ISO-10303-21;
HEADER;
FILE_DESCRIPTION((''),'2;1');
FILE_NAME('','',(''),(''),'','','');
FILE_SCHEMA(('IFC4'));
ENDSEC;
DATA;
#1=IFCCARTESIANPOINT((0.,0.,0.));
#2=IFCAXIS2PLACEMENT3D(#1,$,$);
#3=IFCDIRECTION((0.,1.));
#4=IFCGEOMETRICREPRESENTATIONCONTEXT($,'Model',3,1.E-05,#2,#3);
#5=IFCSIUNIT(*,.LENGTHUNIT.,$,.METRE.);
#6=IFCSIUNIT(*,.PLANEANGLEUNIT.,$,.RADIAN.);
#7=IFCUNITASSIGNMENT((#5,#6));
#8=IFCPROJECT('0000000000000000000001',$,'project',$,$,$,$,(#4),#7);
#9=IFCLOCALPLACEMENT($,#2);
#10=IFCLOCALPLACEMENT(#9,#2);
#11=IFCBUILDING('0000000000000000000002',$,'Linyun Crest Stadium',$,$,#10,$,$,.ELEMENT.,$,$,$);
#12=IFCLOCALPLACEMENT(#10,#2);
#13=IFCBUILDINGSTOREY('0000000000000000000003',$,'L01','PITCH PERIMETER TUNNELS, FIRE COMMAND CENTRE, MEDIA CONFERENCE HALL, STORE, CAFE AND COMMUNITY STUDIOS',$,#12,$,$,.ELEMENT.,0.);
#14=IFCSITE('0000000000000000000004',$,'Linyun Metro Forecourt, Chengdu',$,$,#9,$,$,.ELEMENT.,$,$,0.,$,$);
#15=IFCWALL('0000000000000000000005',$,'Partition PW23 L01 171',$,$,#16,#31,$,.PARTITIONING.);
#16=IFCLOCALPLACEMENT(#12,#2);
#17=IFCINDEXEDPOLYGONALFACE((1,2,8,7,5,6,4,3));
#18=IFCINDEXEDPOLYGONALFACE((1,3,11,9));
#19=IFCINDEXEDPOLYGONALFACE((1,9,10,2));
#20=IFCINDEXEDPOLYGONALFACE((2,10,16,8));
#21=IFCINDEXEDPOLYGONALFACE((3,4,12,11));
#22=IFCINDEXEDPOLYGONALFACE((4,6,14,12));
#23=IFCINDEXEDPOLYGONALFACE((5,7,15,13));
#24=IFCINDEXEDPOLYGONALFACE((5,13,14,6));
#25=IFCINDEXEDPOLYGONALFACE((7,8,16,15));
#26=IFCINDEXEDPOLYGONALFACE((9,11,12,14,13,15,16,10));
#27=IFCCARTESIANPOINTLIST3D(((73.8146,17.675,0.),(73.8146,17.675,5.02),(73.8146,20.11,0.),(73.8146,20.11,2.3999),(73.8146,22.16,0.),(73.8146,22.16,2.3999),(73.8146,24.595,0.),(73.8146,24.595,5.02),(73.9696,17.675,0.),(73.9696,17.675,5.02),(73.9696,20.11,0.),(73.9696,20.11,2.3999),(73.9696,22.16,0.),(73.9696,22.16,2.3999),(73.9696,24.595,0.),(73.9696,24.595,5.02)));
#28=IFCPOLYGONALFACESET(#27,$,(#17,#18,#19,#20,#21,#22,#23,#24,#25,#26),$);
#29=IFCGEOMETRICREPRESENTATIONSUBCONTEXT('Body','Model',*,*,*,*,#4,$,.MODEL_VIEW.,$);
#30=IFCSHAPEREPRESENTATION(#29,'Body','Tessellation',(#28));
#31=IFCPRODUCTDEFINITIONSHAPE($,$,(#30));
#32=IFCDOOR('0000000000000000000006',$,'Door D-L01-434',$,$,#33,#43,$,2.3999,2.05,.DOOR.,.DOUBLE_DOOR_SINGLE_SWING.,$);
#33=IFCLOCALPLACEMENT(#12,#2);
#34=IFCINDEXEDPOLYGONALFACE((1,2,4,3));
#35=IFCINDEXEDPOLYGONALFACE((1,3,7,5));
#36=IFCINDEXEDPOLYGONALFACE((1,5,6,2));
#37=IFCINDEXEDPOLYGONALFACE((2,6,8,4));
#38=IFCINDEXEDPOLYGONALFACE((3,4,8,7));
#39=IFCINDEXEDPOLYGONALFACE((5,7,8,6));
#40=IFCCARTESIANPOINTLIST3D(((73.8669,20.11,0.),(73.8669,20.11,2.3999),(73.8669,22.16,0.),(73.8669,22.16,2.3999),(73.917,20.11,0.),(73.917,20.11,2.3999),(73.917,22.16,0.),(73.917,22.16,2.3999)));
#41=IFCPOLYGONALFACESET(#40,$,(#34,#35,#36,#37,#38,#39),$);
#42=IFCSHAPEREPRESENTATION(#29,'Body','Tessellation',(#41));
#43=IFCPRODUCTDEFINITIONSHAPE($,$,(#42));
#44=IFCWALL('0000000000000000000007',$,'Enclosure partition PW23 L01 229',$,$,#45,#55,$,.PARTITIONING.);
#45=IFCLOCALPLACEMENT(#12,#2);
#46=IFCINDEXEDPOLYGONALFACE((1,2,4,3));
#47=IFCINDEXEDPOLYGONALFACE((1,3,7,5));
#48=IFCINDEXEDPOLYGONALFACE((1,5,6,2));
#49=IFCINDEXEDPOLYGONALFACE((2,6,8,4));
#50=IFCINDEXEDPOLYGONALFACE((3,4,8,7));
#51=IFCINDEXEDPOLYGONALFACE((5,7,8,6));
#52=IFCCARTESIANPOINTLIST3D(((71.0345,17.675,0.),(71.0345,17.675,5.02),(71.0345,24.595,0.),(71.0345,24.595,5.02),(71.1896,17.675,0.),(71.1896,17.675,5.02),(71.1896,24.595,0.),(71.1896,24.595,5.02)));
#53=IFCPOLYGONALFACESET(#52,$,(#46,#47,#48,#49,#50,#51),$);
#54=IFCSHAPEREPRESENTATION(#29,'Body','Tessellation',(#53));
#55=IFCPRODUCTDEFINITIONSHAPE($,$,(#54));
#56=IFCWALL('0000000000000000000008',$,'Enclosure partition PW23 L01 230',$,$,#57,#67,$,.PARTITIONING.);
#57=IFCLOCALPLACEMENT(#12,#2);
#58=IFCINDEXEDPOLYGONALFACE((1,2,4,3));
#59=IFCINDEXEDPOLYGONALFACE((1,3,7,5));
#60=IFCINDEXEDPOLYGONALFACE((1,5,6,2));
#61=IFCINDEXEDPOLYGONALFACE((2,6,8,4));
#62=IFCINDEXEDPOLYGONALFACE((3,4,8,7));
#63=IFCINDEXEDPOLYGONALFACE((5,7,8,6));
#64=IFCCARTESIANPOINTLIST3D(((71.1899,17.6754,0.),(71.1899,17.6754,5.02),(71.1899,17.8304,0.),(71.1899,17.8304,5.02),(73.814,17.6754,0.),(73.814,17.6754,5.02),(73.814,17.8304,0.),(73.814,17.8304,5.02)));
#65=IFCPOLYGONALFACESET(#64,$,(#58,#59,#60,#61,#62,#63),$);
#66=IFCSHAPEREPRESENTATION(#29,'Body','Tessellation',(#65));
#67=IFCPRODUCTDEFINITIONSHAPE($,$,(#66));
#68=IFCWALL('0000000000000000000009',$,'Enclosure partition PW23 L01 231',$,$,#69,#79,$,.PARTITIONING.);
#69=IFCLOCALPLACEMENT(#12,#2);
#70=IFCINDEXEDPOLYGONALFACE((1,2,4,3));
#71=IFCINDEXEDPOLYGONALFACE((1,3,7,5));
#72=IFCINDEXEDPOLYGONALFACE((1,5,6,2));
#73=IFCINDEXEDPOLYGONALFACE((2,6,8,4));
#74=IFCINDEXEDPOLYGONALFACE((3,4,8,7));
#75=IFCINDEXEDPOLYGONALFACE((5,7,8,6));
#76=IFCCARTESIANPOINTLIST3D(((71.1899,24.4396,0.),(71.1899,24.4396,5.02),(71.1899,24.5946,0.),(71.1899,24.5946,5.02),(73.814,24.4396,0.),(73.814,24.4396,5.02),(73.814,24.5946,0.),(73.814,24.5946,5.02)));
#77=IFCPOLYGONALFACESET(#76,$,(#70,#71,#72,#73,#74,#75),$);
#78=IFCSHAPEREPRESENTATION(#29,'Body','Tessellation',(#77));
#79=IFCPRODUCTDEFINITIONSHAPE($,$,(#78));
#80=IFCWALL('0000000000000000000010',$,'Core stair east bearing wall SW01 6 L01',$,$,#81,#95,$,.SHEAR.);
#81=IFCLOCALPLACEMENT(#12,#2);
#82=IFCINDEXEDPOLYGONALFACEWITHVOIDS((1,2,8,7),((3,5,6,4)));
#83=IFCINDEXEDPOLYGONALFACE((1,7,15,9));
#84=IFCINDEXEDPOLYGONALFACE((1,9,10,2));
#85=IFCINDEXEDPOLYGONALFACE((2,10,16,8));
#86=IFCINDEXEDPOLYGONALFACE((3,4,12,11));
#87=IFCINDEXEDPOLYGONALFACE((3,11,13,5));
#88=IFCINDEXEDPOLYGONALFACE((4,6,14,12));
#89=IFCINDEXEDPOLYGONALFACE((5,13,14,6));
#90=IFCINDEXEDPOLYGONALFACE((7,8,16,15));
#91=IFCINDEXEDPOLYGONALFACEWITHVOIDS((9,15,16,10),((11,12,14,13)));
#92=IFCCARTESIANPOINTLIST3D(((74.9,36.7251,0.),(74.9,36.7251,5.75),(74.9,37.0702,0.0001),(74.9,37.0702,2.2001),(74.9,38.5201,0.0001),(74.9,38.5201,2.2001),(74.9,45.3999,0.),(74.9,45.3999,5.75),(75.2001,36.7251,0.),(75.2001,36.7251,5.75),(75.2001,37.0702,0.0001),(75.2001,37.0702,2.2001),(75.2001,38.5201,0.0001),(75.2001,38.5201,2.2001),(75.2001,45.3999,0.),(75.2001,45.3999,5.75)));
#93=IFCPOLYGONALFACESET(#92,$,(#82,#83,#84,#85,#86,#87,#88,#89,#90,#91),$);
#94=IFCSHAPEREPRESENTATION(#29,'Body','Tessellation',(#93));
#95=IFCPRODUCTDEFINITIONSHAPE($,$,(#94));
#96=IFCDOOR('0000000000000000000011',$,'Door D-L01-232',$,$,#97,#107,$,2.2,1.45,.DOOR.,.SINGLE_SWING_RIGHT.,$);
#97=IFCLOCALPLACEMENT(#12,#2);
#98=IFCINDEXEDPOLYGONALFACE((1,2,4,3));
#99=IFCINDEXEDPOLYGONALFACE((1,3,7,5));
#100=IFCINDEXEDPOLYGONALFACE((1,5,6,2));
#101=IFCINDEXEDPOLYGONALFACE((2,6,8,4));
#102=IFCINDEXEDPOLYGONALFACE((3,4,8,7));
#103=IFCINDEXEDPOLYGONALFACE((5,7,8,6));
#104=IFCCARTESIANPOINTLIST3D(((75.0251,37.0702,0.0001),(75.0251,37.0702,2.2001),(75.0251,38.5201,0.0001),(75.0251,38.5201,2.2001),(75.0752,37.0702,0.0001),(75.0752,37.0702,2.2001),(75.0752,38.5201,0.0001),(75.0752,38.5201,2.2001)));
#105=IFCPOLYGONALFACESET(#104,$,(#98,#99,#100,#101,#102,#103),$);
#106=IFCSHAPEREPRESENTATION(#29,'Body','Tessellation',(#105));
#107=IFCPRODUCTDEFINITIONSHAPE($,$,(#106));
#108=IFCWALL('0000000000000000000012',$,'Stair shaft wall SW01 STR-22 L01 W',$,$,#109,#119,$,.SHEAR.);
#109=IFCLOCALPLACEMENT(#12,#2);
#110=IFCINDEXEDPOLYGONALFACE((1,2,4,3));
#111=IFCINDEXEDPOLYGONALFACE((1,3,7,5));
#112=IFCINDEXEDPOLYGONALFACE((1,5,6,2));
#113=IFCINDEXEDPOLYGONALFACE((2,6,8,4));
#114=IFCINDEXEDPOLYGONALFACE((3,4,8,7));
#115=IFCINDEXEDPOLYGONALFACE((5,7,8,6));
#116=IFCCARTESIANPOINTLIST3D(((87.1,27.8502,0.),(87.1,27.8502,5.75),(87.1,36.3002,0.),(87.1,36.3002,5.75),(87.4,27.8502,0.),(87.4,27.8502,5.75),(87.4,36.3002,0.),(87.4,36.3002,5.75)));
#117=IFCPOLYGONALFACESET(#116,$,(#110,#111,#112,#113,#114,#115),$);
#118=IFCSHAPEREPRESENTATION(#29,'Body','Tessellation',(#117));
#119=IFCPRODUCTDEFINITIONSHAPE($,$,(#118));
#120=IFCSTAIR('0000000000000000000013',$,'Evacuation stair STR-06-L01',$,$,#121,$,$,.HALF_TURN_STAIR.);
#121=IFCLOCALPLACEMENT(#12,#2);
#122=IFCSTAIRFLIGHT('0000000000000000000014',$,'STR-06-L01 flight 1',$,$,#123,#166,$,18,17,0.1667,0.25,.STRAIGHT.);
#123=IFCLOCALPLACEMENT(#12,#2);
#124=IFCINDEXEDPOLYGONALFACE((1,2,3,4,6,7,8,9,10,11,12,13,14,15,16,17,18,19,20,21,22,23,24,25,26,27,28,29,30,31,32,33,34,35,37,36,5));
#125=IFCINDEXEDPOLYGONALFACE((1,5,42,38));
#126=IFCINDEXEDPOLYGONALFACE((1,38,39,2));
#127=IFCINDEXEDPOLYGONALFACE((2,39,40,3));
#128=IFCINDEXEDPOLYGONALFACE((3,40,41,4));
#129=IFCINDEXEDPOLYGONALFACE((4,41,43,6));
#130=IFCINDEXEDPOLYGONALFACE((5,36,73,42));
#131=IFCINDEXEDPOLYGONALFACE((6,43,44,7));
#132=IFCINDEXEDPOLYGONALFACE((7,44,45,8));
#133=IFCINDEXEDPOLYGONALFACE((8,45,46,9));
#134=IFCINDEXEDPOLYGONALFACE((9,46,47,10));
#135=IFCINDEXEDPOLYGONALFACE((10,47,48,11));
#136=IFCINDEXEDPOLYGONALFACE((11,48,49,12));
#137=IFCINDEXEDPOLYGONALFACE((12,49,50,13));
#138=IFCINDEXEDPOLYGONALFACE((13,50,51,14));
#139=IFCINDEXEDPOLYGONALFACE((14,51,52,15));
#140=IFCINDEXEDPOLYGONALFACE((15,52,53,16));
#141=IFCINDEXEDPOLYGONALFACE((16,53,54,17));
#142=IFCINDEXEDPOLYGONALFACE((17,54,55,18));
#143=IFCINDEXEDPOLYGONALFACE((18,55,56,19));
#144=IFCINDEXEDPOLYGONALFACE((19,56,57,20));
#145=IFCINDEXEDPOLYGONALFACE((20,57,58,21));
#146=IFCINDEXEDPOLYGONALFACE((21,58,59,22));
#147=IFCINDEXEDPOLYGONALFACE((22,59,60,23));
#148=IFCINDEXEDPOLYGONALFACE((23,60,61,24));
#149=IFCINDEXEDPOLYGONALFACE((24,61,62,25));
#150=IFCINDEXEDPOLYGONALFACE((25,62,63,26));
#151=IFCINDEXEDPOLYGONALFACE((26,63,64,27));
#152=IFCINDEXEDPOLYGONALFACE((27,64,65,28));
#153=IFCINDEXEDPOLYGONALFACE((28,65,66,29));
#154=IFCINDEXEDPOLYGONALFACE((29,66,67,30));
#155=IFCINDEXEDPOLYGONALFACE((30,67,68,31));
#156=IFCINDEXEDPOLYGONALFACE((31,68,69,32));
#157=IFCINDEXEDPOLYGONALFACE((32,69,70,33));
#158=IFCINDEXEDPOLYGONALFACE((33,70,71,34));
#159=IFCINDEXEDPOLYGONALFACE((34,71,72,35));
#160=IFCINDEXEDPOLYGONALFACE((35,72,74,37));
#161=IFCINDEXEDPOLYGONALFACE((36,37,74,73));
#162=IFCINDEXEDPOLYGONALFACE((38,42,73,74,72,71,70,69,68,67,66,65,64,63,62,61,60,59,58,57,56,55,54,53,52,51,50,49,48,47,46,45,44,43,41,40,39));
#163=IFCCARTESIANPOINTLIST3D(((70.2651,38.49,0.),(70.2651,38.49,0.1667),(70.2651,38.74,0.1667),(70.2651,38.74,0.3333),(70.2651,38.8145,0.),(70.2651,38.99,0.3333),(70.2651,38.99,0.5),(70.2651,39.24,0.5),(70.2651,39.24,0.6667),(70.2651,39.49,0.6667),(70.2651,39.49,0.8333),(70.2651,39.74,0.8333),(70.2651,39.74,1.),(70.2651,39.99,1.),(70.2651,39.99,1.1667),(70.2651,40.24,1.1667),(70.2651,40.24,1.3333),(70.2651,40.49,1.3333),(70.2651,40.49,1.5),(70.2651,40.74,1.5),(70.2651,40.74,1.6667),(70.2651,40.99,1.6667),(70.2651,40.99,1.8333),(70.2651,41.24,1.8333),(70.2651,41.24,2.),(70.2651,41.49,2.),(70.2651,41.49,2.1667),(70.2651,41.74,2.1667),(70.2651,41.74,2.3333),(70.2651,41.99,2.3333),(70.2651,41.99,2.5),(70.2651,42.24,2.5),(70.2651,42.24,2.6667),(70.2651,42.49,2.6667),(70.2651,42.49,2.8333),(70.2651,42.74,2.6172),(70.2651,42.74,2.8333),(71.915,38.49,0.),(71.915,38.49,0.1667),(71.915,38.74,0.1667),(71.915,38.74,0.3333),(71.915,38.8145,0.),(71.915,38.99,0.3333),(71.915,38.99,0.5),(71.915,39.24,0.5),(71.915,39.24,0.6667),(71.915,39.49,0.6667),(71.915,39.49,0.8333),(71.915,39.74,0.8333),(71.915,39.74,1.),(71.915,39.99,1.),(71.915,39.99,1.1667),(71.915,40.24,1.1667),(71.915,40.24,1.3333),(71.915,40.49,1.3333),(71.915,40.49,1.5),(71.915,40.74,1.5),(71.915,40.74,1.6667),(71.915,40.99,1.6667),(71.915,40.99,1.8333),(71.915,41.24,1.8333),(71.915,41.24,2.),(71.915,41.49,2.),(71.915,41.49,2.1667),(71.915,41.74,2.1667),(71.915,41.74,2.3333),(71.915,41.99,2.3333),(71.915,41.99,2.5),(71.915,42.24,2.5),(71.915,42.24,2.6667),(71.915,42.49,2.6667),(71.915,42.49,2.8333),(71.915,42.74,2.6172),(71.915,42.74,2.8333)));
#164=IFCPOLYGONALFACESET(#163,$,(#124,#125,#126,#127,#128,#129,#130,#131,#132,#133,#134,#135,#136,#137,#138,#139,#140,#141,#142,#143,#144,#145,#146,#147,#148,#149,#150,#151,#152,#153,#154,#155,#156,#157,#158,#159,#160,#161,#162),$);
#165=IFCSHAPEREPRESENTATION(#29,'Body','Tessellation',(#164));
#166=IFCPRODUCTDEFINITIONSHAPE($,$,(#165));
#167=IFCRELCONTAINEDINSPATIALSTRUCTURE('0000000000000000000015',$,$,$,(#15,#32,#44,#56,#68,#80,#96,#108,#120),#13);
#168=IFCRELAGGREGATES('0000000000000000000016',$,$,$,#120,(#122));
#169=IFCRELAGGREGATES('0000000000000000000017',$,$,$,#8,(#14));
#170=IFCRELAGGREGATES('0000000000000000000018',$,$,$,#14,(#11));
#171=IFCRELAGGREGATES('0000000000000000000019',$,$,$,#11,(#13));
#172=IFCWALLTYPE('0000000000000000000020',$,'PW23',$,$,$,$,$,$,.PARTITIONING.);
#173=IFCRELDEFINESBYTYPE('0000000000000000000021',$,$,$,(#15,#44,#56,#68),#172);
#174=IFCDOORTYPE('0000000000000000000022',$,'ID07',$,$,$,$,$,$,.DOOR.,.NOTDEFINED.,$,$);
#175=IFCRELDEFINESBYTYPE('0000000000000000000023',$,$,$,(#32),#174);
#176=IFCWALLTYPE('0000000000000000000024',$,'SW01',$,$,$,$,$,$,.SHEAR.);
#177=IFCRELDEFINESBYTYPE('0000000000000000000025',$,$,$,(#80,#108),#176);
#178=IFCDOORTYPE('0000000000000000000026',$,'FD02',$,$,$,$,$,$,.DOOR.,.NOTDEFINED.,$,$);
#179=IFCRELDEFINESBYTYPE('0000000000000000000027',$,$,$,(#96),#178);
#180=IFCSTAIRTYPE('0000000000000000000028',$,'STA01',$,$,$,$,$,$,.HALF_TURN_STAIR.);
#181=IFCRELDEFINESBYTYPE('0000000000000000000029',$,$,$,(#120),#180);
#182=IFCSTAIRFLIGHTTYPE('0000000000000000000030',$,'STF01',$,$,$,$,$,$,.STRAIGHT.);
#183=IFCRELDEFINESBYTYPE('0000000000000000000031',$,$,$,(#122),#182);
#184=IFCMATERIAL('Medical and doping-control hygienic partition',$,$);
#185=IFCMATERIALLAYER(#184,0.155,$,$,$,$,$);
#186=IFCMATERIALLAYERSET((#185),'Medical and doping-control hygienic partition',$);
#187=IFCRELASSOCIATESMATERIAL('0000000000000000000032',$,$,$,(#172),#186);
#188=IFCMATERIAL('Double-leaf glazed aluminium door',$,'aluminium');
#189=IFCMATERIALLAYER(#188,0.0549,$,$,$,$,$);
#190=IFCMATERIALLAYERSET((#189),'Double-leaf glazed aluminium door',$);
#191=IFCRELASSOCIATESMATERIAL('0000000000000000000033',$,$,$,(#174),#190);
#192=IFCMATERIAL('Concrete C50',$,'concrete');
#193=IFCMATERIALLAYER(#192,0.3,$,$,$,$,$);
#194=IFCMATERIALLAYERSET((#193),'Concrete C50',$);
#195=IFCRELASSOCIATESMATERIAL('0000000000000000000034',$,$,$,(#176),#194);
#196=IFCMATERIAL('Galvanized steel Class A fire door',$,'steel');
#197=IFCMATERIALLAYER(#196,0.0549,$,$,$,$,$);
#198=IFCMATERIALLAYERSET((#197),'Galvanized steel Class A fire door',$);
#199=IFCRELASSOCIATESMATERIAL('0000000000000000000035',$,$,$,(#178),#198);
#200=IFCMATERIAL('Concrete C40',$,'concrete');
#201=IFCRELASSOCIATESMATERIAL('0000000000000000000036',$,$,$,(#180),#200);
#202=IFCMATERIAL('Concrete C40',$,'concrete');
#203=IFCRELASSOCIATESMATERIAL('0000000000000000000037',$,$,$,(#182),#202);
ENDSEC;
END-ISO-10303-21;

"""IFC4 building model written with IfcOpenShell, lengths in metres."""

from ifc_helpers import new_model, si_unit, direction, frame, frame_2d, origin, place, context, subcontext, project, spatial, polyline, rectangle, outline, extrude, material, layer, layer_set, type_object, element, fill, aggregate, save


model = new_model("IFC4")

# Units and contexts
model_context = context("Model", 3, precision=1e-05, world=origin(), true_north=direction((0.0, 1.0)))
body_context = subcontext(model_context, "Body", "Model", "MODEL_VIEW")
ifc_project = project(units=[si_unit("LENGTHUNIT", "METRE"), si_unit("PLANEANGLEUNIT", "RADIAN")], contexts=[model_context])

# Site, building, storey
site_placement = place(None, origin())
site = spatial("IfcSite", under=ifc_project, at=site_placement, Name="Linyun Metro Forecourt, Chengdu", CompositionType="ELEMENT", RefElevation=0.0)
building_placement = place(site_placement, origin())
building = spatial("IfcBuilding", under=site, at=building_placement, Name="Linyun Crest Stadium", CompositionType="ELEMENT")
storey_placement = place(building_placement, origin())
storey = spatial("IfcBuildingStorey", under=building, at=storey_placement, Name="L01", Description="PITCH PERIMETER TUNNELS, FIRE COMMAND CENTRE, MEDIA CONFERENCE HALL, STORE, CAFE AND COMMUNITY STUDIOS", CompositionType="ELEMENT", Elevation=0.0)

# Wall, opening, door
ifc_material_1 = material(Name="Medical and doping-control hygienic partition")
ifc_layer_1 = layer(ifc_material_1, 0.155)
ifc_layer_set_1 = layer_set([ifc_layer_1], Name="Medical and doping-control hygienic partition")
wall_type_1 = type_object("IfcWallType", Name="PW23", PredefinedType="PARTITIONING", material=ifc_layer_set_1)
wall_1_placement = place(storey_placement, frame((73.8921, 24.595, 0.0), z_axis=(0.0, 0.0, 1.0), x_axis=(0.0, -1.0, 0.0)))
wall_1 = element("IfcWall", 1, at=wall_1_placement, inside=storey, type_object=wall_type_1, Name="Partition PW23 L01 171", PredefinedType="PARTITIONING", context=body_context, shape_type="SweptSolid", body=[
    extrude(rectangle(XDim=6.9199, YDim=0.155, at=frame_2d((3.46, 0.0))), origin(), (0.0, 0.0, 1.0), 5.02),
])
opening_1_placement = place(wall_1_placement, frame((2.4351, 0.0, 0.0)))
opening_1 = element("IfcOpeningElement", 2, at=opening_1_placement, cuts=wall_1, PredefinedType="OPENING", context=body_context, shape_type="SweptSolid", body=[
    extrude(rectangle(XDim=2.05, YDim=2.3999, at=frame_2d((1.0249, 1.2))), frame((0.0, 0.0874, 0.0), z_axis=(0.0, -1.0, 0.0), x_axis=(1.0, 0.0, 0.0)), (0.0, 0.0, 1.0), 0.175),
])
ifc_material_2 = material(Name="Double-leaf glazed aluminium door", Category="aluminium")
ifc_layer_2 = layer(ifc_material_2, 0.0549)
ifc_layer_set_2 = layer_set([ifc_layer_2], Name="Double-leaf glazed aluminium door")
door_type_1 = type_object("IfcDoorType", Name="ID07", OperationType="NOTDEFINED", PredefinedType="DOOR", material=ifc_layer_set_2)
door_1_placement = place(opening_1_placement, origin())
door_1 = element("IfcDoor", 3, at=door_1_placement, inside=storey, type_object=door_type_1, Name="Door D-L01-434", OperationType="DOUBLE_DOOR_SINGLE_SWING", OverallHeight=2.3999, OverallWidth=2.05, PredefinedType="DOOR", context=body_context, shape_type="SweptSolid", body=[
    extrude(rectangle(XDim=2.05, YDim=2.3999, at=frame_2d((1.0249, 1.2))), frame((0.0, 0.0249, 0.0), z_axis=(0.0, -1.0, 0.0), x_axis=(1.0, 0.0, 0.0)), (0.0, 0.0, 1.0), 0.05),
])
fill(opening_1, door_1)

# Walls
wall_2_placement = place(storey_placement, frame((71.1121, 17.675, 0.0), z_axis=(0.0, 0.0, 1.0), x_axis=(0.0, 1.0, 0.0)))
element("IfcWall", 4, at=wall_2_placement, inside=storey, type_object=wall_type_1, Name="Enclosure partition PW23 L01 229", PredefinedType="PARTITIONING", context=body_context, shape_type="SweptSolid", body=[
    extrude(rectangle(XDim=6.9199, YDim=0.155, at=frame_2d((3.46, 0.0))), origin(), (0.0, 0.0, 1.0), 5.02),
])
for number, where, z_axis, x_axis, name in (
    (5, (71.1899, 17.7529, 0.0), (0.0, 0.0, 1.0), (1.0, 0.0, 0.0), "Enclosure partition PW23 L01 230"),
    (6, (71.1899, 24.5171, 0.0), (0.0, 0.0, 1.0), (1.0, 0.0, 0.0), "Enclosure partition PW23 L01 231"),
):
    element("IfcWall", number, at=place(storey_placement, frame(where, z_axis=z_axis, x_axis=x_axis)), inside=storey, type_object=wall_type_1, Name=name, PredefinedType="PARTITIONING", context=body_context, shape_type="SweptSolid", body=[
        extrude(rectangle(XDim=2.624, YDim=0.155, at=frame_2d((1.312, 0.0))), origin(), (0.0, 0.0, 1.0), 5.02),
    ])

# Wall, opening, door
ifc_material_3 = material(Name="Concrete C50", Category="concrete")
ifc_layer_3 = layer(ifc_material_3, 0.3)
ifc_layer_set_3 = layer_set([ifc_layer_3], Name="Concrete C50")
wall_type_2 = type_object("IfcWallType", Name="SW01", PredefinedType="SHEAR", material=ifc_layer_set_3)
wall_3_placement = place(storey_placement, frame((75.05, 36.7251, 0.0), z_axis=(0.0, 0.0, 1.0), x_axis=(0.0, 1.0, 0.0)))
wall_3 = element("IfcWall", 7, at=wall_3_placement, inside=storey, type_object=wall_type_2, Name="Core stair east bearing wall SW01 6 L01", PredefinedType="SHEAR", context=body_context, shape_type="SweptSolid", body=[
    extrude(rectangle(XDim=8.6748, YDim=0.3, at=frame_2d((4.3374, 0.0))), origin(), (0.0, 0.0, 1.0), 5.75),
])
opening_2_placement = place(wall_3_placement, frame((0.345, 0.0, 0.0)))
opening_2 = element("IfcOpeningElement", 8, at=opening_2_placement, cuts=wall_3, PredefinedType="OPENING", context=body_context, shape_type="SweptSolid", body=[
    extrude(rectangle(XDim=1.45, YDim=2.2, at=frame_2d((0.7251, 1.1001))), frame((0.0, 0.1599, 0.0), z_axis=(0.0, -1.0, 0.0), x_axis=(1.0, 0.0, 0.0)), (0.0, 0.0, 1.0), 0.3201),
])
ifc_material_4 = material(Name="Galvanized steel Class A fire door", Category="steel")
ifc_layer_4 = layer(ifc_material_4, 0.0549)
ifc_layer_set_4 = layer_set([ifc_layer_4], Name="Galvanized steel Class A fire door")
door_type_2 = type_object("IfcDoorType", Name="FD02", OperationType="NOTDEFINED", PredefinedType="DOOR", material=ifc_layer_set_4)
door_2_placement = place(opening_2_placement, origin())
door_2 = element("IfcDoor", 9, at=door_2_placement, inside=storey, type_object=door_type_2, Name="Door D-L01-232", OperationType="SINGLE_SWING_RIGHT", OverallHeight=2.2, OverallWidth=1.45, PredefinedType="DOOR", context=body_context, shape_type="SweptSolid", body=[
    extrude(rectangle(XDim=1.45, YDim=2.2, at=frame_2d((0.7251, 1.1001))), frame((0.0, 0.0249, 0.0), z_axis=(0.0, -1.0, 0.0), x_axis=(1.0, 0.0, 0.0)), (0.0, 0.0, 1.0), 0.05),
])
fill(opening_2, door_2)

# Wall
wall_4_placement = place(storey_placement, frame((87.25, 27.8501, 0.0), z_axis=(0.0, 0.0, 1.0), x_axis=(0.0, 1.0, 0.0)))
element("IfcWall", 10, at=wall_4_placement, inside=storey, type_object=wall_type_2, Name="Stair shaft wall SW01 STR-22 L01 W", PredefinedType="SHEAR", context=body_context, shape_type="SweptSolid", body=[
    extrude(rectangle(XDim=8.45, YDim=0.3, at=frame_2d((4.2251, 0.0))), origin(), (0.0, 0.0, 1.0), 5.75),
])

# Stair, stair flight
ifc_material_5 = material(Name="Concrete C40", Category="concrete")
stair_type = type_object("IfcStairType", Name="STA01", PredefinedType="HALF_TURN_STAIR", material=ifc_material_5)
stair_placement = place(storey_placement, origin())
stair = element("IfcStair", 11, at=stair_placement, inside=storey, type_object=stair_type, Name="Evacuation stair STR-06-L01", PredefinedType="HALF_TURN_STAIR")
ifc_material_6 = material(Name="Concrete C40", Category="concrete")
stair_flight_type = type_object("IfcStairFlightType", Name="STF01", PredefinedType="STRAIGHT", material=ifc_material_6)
stair_flight_1_placement = place(storey_placement, frame((71.0901, 38.49, 0.0), z_axis=(0.0, 0.0, 1.0), x_axis=(0.0, 1.0, 0.0)))
stair_flight_1 = element("IfcStairFlight", 12, at=stair_flight_1_placement, type_object=stair_flight_type, Name="STR-06-L01 flight 1", NumberOfRisers=18, NumberOfTreads=17, PredefinedType="STRAIGHT", RiserHeight=0.1667, TreadLength=0.25, context=body_context, shape_type="SweptSolid", body=[
    extrude(outline(polyline([(0.0, 0.0), (0.0, 0.1667), (0.25, 0.1667), (0.25, 0.3333), (0.5, 0.3333), (0.5, 0.5), (0.75, 0.5), (0.75, 0.6667), (1.0, 0.6667), (1.0, 0.8333), (1.25, 0.8333), (1.25, 1.0), (1.5, 1.0), (1.5, 1.1667), (1.75, 1.1667), (1.75, 1.3333), (2.0, 1.3333), (2.0, 1.5), (2.25, 1.5), (2.25, 1.6667), (2.5, 1.6667), (2.5, 1.8333), (2.75, 1.8333), (2.75, 2.0), (3.0, 2.0), (3.0, 2.1667), (3.25, 2.1667), (3.25, 2.3333), (3.5, 2.3333), (3.5, 2.5), (3.75, 2.5), (3.75, 2.6667), (4.0, 2.6667), (4.0, 2.8333), (4.25, 2.8333), (4.25, 3.0), (4.25, 2.6172), (0.3245, 0.0), (0.0, 0.0)])), frame((0.0, 0.825, 0.0), z_axis=(0.0, -1.0, 0.0), x_axis=(1.0, 0.0, 0.0)), (0.0, 0.0, 1.0), 1.6499),
])
aggregate(stair, [stair_flight_1])

save(model, "model.ifc")
